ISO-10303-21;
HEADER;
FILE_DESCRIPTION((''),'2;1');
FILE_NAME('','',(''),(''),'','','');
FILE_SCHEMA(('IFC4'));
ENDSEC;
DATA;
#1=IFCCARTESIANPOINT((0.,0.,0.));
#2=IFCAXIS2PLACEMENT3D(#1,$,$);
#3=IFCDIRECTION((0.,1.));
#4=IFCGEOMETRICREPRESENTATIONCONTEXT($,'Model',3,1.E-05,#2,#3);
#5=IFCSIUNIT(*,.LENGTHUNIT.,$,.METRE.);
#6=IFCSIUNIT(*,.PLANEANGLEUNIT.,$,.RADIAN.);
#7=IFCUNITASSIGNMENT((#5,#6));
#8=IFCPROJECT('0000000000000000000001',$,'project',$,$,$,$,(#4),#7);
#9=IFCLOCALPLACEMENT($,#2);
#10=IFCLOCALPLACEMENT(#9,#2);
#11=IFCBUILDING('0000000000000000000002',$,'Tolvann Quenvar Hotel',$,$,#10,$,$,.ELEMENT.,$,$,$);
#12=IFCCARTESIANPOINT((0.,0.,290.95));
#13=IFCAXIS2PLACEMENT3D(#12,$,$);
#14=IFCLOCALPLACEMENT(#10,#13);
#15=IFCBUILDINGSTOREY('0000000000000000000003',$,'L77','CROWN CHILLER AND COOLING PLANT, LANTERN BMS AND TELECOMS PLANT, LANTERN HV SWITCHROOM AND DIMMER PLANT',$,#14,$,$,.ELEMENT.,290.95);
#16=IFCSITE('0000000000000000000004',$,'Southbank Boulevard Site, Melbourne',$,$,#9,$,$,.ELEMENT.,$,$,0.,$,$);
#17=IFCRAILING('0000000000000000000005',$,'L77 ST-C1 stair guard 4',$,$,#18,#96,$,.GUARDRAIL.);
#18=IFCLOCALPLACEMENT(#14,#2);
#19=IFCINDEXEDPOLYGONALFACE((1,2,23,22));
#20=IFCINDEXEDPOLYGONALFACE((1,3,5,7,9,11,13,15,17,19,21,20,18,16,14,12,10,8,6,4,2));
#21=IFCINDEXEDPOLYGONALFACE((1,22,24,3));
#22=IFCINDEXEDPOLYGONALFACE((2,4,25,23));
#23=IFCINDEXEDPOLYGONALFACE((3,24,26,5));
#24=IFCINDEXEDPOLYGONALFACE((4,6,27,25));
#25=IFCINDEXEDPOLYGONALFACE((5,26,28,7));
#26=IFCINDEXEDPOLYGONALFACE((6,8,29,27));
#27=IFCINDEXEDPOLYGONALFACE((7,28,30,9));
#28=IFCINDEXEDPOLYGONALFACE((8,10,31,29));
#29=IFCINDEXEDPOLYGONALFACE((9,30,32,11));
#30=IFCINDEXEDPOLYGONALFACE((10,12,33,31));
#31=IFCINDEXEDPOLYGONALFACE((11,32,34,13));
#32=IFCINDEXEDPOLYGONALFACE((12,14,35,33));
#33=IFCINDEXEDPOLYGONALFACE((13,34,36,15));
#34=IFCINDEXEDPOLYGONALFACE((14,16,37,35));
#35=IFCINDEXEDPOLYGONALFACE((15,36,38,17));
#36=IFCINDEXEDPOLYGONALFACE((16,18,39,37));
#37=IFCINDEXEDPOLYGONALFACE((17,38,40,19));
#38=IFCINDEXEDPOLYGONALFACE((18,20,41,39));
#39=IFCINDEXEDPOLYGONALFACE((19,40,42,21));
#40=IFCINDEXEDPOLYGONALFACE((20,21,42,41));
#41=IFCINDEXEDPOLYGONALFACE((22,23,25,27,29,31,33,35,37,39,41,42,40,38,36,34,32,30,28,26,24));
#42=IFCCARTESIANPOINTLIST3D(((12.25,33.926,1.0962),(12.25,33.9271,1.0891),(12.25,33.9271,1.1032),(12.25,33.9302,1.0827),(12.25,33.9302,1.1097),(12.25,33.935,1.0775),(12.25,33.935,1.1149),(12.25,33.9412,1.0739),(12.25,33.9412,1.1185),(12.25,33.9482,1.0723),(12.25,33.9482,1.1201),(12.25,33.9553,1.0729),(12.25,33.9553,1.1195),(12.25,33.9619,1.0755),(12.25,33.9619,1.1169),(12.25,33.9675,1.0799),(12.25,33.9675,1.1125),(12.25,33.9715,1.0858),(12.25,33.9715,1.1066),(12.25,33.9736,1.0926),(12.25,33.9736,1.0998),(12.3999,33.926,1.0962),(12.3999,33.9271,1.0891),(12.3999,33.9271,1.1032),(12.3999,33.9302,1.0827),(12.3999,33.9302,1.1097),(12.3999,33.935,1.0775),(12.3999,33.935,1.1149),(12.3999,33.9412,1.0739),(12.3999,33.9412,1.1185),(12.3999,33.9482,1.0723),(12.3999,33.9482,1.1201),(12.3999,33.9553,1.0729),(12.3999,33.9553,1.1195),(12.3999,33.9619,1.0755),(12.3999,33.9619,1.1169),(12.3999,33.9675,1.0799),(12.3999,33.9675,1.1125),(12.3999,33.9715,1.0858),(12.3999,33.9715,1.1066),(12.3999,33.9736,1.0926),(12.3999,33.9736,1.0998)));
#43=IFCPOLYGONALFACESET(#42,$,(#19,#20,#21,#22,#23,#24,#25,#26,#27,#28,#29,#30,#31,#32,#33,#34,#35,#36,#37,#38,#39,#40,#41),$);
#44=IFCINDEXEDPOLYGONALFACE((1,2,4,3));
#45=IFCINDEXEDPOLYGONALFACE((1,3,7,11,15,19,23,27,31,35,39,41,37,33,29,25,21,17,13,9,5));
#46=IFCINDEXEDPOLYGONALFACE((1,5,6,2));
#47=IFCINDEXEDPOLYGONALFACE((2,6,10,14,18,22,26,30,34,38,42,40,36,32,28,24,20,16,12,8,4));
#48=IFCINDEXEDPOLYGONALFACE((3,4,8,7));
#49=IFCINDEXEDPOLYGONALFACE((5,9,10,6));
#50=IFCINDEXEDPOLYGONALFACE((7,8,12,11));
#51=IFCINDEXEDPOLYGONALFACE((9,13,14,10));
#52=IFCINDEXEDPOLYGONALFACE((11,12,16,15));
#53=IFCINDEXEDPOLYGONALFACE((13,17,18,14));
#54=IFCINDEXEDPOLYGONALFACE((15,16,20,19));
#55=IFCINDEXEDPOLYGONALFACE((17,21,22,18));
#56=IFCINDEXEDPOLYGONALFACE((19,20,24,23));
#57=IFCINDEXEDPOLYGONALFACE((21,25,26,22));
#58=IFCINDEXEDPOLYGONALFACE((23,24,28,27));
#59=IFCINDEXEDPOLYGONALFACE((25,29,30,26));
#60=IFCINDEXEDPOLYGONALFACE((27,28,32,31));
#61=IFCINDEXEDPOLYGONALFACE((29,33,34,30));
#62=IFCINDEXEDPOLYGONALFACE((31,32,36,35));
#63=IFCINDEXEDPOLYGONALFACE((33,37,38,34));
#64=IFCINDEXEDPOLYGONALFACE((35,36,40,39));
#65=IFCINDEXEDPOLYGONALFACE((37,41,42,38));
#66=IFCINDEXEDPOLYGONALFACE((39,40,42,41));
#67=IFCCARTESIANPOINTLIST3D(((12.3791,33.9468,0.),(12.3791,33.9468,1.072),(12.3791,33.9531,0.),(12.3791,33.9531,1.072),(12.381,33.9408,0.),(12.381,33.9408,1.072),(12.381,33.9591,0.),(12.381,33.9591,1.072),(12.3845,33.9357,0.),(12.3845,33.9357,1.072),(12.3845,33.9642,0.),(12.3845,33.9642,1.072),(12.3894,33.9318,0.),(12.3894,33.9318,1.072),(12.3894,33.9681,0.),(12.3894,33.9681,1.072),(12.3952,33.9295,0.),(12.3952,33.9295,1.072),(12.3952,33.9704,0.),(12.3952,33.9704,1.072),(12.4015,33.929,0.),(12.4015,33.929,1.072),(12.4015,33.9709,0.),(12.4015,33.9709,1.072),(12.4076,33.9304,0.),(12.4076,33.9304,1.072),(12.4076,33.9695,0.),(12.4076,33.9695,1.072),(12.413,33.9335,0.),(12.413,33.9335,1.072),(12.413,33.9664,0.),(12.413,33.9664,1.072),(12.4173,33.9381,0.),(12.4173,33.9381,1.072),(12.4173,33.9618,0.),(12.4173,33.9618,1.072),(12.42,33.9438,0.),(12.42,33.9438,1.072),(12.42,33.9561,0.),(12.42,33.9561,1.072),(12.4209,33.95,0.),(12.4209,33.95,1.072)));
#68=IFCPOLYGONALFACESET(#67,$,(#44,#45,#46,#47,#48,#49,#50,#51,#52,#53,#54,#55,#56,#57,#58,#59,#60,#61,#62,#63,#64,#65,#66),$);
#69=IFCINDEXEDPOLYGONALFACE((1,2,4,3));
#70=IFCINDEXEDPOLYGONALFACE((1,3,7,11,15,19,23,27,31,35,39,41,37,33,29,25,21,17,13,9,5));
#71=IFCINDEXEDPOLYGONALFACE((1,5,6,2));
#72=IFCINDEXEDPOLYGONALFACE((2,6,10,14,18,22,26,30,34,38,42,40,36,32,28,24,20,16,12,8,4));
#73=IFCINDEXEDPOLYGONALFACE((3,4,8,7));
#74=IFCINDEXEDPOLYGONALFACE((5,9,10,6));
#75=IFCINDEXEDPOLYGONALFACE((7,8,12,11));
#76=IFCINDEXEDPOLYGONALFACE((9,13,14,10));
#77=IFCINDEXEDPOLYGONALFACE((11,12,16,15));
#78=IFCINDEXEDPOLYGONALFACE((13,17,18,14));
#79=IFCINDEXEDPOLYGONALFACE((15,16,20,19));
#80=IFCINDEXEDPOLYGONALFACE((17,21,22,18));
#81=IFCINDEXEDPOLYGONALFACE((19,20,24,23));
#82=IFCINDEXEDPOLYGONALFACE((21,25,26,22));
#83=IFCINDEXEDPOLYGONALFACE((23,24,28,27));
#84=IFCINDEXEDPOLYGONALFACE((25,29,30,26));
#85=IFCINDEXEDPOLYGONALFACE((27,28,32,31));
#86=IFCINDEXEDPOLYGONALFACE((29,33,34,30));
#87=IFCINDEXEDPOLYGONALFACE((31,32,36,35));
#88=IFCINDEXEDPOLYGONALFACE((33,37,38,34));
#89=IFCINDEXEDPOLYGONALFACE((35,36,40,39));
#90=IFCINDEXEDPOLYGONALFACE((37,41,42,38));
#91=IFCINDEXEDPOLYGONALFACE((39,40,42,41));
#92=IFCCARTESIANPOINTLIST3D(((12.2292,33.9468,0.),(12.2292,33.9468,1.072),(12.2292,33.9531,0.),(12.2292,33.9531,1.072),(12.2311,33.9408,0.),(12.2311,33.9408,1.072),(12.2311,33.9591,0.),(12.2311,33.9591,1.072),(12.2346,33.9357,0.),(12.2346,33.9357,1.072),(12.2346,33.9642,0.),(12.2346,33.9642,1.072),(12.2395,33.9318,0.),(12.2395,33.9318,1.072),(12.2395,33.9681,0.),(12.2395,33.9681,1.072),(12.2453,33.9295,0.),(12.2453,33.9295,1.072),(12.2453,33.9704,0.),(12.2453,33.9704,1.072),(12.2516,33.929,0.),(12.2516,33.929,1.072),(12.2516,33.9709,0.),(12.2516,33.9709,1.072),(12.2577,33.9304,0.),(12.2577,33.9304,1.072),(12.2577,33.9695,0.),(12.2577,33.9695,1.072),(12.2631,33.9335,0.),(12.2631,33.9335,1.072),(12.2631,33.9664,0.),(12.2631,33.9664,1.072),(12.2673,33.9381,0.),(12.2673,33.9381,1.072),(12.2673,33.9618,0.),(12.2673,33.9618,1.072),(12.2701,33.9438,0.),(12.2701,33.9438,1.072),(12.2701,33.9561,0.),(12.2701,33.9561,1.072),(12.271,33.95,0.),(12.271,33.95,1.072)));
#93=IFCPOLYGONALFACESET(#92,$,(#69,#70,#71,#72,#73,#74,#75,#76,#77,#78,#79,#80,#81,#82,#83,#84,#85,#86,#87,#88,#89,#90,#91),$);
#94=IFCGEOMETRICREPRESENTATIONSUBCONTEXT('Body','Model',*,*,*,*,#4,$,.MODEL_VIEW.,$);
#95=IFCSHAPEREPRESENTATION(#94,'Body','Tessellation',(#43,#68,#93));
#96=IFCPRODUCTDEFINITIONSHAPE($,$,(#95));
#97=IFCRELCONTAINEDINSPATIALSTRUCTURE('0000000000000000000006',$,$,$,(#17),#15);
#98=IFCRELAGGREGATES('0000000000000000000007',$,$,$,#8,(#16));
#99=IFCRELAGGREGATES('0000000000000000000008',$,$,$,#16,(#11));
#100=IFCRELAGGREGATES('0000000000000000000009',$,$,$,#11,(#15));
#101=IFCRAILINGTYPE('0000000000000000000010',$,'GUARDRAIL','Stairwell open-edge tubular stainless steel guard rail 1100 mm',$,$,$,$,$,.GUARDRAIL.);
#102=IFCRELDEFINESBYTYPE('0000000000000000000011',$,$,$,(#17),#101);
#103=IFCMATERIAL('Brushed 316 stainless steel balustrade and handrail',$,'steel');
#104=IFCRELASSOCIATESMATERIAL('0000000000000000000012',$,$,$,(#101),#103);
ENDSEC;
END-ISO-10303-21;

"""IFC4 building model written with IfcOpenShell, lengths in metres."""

from ifc_helpers import new_model, si_unit, direction, frame, origin, origin_2d, place, context, subcontext, project, spatial, circle, extrude, material, type_object, element, save


model = new_model("IFC4")

# Units and contexts
model_context = context("Model", 3, precision=1e-05, world=origin(), true_north=direction((0.0, 1.0)))
body_context = subcontext(model_context, "Body", "Model", "MODEL_VIEW")
ifc_project = project(units=[si_unit("LENGTHUNIT", "METRE"), si_unit("PLANEANGLEUNIT", "RADIAN")], contexts=[model_context])

# Site, building, storey
site_placement = place(None, origin())
site = spatial("IfcSite", under=ifc_project, at=site_placement, Name="Southbank Boulevard Site, Melbourne", CompositionType="ELEMENT", RefElevation=0.0)
building_placement = place(site_placement, origin())
building = spatial("IfcBuilding", under=site, at=building_placement, Name="Tolvann Quenvar Hotel", CompositionType="ELEMENT")
storey_placement = place(building_placement, frame((0.0, 0.0, 290.95)))
storey = spatial("IfcBuildingStorey", under=building, at=storey_placement, Name="L77", Description="CROWN CHILLER AND COOLING PLANT, LANTERN BMS AND TELECOMS PLANT, LANTERN HV SWITCHROOM AND DIMMER PLANT", CompositionType="ELEMENT", Elevation=290.95)

# Railing
ifc_material_1 = material(Name="Brushed 316 stainless steel balustrade and handrail", Category="steel")
railing_type_1 = type_object("IfcRailingType", Name="GUARDRAIL", Description="Stairwell open-edge tubular stainless steel guard rail 1100 mm", PredefinedType="GUARDRAIL", material=ifc_material_1)
railing_1_placement = place(storey_placement, frame((12.3999, 33.95, 0.0)))
element("IfcRailing", 1, at=railing_1_placement, inside=storey, type_object=railing_type_1, Name="L77 ST-C1 stair guard 4", PredefinedType="GUARDRAIL", context=body_context, shape_type="SweptSolid", body=[
    extrude(circle(Radius=0.0239, at=origin_2d()), frame((0.0, 0.0, 1.0962), z_axis=(-1.0, 0.0, 0.0), x_axis=(0.0, -1.0, 0.0)), (0.0, 0.0, 1.0), 0.1499),
    extrude(circle(Radius=0.021, at=origin_2d()), origin(), (0.0, 0.0, 1.0), 1.072),
    extrude(circle(Radius=0.021, at=origin_2d()), frame((-0.1499, 0.0, 0.0)), (0.0, 0.0, 1.0), 1.072),
])

save(model, "model.ifc")
